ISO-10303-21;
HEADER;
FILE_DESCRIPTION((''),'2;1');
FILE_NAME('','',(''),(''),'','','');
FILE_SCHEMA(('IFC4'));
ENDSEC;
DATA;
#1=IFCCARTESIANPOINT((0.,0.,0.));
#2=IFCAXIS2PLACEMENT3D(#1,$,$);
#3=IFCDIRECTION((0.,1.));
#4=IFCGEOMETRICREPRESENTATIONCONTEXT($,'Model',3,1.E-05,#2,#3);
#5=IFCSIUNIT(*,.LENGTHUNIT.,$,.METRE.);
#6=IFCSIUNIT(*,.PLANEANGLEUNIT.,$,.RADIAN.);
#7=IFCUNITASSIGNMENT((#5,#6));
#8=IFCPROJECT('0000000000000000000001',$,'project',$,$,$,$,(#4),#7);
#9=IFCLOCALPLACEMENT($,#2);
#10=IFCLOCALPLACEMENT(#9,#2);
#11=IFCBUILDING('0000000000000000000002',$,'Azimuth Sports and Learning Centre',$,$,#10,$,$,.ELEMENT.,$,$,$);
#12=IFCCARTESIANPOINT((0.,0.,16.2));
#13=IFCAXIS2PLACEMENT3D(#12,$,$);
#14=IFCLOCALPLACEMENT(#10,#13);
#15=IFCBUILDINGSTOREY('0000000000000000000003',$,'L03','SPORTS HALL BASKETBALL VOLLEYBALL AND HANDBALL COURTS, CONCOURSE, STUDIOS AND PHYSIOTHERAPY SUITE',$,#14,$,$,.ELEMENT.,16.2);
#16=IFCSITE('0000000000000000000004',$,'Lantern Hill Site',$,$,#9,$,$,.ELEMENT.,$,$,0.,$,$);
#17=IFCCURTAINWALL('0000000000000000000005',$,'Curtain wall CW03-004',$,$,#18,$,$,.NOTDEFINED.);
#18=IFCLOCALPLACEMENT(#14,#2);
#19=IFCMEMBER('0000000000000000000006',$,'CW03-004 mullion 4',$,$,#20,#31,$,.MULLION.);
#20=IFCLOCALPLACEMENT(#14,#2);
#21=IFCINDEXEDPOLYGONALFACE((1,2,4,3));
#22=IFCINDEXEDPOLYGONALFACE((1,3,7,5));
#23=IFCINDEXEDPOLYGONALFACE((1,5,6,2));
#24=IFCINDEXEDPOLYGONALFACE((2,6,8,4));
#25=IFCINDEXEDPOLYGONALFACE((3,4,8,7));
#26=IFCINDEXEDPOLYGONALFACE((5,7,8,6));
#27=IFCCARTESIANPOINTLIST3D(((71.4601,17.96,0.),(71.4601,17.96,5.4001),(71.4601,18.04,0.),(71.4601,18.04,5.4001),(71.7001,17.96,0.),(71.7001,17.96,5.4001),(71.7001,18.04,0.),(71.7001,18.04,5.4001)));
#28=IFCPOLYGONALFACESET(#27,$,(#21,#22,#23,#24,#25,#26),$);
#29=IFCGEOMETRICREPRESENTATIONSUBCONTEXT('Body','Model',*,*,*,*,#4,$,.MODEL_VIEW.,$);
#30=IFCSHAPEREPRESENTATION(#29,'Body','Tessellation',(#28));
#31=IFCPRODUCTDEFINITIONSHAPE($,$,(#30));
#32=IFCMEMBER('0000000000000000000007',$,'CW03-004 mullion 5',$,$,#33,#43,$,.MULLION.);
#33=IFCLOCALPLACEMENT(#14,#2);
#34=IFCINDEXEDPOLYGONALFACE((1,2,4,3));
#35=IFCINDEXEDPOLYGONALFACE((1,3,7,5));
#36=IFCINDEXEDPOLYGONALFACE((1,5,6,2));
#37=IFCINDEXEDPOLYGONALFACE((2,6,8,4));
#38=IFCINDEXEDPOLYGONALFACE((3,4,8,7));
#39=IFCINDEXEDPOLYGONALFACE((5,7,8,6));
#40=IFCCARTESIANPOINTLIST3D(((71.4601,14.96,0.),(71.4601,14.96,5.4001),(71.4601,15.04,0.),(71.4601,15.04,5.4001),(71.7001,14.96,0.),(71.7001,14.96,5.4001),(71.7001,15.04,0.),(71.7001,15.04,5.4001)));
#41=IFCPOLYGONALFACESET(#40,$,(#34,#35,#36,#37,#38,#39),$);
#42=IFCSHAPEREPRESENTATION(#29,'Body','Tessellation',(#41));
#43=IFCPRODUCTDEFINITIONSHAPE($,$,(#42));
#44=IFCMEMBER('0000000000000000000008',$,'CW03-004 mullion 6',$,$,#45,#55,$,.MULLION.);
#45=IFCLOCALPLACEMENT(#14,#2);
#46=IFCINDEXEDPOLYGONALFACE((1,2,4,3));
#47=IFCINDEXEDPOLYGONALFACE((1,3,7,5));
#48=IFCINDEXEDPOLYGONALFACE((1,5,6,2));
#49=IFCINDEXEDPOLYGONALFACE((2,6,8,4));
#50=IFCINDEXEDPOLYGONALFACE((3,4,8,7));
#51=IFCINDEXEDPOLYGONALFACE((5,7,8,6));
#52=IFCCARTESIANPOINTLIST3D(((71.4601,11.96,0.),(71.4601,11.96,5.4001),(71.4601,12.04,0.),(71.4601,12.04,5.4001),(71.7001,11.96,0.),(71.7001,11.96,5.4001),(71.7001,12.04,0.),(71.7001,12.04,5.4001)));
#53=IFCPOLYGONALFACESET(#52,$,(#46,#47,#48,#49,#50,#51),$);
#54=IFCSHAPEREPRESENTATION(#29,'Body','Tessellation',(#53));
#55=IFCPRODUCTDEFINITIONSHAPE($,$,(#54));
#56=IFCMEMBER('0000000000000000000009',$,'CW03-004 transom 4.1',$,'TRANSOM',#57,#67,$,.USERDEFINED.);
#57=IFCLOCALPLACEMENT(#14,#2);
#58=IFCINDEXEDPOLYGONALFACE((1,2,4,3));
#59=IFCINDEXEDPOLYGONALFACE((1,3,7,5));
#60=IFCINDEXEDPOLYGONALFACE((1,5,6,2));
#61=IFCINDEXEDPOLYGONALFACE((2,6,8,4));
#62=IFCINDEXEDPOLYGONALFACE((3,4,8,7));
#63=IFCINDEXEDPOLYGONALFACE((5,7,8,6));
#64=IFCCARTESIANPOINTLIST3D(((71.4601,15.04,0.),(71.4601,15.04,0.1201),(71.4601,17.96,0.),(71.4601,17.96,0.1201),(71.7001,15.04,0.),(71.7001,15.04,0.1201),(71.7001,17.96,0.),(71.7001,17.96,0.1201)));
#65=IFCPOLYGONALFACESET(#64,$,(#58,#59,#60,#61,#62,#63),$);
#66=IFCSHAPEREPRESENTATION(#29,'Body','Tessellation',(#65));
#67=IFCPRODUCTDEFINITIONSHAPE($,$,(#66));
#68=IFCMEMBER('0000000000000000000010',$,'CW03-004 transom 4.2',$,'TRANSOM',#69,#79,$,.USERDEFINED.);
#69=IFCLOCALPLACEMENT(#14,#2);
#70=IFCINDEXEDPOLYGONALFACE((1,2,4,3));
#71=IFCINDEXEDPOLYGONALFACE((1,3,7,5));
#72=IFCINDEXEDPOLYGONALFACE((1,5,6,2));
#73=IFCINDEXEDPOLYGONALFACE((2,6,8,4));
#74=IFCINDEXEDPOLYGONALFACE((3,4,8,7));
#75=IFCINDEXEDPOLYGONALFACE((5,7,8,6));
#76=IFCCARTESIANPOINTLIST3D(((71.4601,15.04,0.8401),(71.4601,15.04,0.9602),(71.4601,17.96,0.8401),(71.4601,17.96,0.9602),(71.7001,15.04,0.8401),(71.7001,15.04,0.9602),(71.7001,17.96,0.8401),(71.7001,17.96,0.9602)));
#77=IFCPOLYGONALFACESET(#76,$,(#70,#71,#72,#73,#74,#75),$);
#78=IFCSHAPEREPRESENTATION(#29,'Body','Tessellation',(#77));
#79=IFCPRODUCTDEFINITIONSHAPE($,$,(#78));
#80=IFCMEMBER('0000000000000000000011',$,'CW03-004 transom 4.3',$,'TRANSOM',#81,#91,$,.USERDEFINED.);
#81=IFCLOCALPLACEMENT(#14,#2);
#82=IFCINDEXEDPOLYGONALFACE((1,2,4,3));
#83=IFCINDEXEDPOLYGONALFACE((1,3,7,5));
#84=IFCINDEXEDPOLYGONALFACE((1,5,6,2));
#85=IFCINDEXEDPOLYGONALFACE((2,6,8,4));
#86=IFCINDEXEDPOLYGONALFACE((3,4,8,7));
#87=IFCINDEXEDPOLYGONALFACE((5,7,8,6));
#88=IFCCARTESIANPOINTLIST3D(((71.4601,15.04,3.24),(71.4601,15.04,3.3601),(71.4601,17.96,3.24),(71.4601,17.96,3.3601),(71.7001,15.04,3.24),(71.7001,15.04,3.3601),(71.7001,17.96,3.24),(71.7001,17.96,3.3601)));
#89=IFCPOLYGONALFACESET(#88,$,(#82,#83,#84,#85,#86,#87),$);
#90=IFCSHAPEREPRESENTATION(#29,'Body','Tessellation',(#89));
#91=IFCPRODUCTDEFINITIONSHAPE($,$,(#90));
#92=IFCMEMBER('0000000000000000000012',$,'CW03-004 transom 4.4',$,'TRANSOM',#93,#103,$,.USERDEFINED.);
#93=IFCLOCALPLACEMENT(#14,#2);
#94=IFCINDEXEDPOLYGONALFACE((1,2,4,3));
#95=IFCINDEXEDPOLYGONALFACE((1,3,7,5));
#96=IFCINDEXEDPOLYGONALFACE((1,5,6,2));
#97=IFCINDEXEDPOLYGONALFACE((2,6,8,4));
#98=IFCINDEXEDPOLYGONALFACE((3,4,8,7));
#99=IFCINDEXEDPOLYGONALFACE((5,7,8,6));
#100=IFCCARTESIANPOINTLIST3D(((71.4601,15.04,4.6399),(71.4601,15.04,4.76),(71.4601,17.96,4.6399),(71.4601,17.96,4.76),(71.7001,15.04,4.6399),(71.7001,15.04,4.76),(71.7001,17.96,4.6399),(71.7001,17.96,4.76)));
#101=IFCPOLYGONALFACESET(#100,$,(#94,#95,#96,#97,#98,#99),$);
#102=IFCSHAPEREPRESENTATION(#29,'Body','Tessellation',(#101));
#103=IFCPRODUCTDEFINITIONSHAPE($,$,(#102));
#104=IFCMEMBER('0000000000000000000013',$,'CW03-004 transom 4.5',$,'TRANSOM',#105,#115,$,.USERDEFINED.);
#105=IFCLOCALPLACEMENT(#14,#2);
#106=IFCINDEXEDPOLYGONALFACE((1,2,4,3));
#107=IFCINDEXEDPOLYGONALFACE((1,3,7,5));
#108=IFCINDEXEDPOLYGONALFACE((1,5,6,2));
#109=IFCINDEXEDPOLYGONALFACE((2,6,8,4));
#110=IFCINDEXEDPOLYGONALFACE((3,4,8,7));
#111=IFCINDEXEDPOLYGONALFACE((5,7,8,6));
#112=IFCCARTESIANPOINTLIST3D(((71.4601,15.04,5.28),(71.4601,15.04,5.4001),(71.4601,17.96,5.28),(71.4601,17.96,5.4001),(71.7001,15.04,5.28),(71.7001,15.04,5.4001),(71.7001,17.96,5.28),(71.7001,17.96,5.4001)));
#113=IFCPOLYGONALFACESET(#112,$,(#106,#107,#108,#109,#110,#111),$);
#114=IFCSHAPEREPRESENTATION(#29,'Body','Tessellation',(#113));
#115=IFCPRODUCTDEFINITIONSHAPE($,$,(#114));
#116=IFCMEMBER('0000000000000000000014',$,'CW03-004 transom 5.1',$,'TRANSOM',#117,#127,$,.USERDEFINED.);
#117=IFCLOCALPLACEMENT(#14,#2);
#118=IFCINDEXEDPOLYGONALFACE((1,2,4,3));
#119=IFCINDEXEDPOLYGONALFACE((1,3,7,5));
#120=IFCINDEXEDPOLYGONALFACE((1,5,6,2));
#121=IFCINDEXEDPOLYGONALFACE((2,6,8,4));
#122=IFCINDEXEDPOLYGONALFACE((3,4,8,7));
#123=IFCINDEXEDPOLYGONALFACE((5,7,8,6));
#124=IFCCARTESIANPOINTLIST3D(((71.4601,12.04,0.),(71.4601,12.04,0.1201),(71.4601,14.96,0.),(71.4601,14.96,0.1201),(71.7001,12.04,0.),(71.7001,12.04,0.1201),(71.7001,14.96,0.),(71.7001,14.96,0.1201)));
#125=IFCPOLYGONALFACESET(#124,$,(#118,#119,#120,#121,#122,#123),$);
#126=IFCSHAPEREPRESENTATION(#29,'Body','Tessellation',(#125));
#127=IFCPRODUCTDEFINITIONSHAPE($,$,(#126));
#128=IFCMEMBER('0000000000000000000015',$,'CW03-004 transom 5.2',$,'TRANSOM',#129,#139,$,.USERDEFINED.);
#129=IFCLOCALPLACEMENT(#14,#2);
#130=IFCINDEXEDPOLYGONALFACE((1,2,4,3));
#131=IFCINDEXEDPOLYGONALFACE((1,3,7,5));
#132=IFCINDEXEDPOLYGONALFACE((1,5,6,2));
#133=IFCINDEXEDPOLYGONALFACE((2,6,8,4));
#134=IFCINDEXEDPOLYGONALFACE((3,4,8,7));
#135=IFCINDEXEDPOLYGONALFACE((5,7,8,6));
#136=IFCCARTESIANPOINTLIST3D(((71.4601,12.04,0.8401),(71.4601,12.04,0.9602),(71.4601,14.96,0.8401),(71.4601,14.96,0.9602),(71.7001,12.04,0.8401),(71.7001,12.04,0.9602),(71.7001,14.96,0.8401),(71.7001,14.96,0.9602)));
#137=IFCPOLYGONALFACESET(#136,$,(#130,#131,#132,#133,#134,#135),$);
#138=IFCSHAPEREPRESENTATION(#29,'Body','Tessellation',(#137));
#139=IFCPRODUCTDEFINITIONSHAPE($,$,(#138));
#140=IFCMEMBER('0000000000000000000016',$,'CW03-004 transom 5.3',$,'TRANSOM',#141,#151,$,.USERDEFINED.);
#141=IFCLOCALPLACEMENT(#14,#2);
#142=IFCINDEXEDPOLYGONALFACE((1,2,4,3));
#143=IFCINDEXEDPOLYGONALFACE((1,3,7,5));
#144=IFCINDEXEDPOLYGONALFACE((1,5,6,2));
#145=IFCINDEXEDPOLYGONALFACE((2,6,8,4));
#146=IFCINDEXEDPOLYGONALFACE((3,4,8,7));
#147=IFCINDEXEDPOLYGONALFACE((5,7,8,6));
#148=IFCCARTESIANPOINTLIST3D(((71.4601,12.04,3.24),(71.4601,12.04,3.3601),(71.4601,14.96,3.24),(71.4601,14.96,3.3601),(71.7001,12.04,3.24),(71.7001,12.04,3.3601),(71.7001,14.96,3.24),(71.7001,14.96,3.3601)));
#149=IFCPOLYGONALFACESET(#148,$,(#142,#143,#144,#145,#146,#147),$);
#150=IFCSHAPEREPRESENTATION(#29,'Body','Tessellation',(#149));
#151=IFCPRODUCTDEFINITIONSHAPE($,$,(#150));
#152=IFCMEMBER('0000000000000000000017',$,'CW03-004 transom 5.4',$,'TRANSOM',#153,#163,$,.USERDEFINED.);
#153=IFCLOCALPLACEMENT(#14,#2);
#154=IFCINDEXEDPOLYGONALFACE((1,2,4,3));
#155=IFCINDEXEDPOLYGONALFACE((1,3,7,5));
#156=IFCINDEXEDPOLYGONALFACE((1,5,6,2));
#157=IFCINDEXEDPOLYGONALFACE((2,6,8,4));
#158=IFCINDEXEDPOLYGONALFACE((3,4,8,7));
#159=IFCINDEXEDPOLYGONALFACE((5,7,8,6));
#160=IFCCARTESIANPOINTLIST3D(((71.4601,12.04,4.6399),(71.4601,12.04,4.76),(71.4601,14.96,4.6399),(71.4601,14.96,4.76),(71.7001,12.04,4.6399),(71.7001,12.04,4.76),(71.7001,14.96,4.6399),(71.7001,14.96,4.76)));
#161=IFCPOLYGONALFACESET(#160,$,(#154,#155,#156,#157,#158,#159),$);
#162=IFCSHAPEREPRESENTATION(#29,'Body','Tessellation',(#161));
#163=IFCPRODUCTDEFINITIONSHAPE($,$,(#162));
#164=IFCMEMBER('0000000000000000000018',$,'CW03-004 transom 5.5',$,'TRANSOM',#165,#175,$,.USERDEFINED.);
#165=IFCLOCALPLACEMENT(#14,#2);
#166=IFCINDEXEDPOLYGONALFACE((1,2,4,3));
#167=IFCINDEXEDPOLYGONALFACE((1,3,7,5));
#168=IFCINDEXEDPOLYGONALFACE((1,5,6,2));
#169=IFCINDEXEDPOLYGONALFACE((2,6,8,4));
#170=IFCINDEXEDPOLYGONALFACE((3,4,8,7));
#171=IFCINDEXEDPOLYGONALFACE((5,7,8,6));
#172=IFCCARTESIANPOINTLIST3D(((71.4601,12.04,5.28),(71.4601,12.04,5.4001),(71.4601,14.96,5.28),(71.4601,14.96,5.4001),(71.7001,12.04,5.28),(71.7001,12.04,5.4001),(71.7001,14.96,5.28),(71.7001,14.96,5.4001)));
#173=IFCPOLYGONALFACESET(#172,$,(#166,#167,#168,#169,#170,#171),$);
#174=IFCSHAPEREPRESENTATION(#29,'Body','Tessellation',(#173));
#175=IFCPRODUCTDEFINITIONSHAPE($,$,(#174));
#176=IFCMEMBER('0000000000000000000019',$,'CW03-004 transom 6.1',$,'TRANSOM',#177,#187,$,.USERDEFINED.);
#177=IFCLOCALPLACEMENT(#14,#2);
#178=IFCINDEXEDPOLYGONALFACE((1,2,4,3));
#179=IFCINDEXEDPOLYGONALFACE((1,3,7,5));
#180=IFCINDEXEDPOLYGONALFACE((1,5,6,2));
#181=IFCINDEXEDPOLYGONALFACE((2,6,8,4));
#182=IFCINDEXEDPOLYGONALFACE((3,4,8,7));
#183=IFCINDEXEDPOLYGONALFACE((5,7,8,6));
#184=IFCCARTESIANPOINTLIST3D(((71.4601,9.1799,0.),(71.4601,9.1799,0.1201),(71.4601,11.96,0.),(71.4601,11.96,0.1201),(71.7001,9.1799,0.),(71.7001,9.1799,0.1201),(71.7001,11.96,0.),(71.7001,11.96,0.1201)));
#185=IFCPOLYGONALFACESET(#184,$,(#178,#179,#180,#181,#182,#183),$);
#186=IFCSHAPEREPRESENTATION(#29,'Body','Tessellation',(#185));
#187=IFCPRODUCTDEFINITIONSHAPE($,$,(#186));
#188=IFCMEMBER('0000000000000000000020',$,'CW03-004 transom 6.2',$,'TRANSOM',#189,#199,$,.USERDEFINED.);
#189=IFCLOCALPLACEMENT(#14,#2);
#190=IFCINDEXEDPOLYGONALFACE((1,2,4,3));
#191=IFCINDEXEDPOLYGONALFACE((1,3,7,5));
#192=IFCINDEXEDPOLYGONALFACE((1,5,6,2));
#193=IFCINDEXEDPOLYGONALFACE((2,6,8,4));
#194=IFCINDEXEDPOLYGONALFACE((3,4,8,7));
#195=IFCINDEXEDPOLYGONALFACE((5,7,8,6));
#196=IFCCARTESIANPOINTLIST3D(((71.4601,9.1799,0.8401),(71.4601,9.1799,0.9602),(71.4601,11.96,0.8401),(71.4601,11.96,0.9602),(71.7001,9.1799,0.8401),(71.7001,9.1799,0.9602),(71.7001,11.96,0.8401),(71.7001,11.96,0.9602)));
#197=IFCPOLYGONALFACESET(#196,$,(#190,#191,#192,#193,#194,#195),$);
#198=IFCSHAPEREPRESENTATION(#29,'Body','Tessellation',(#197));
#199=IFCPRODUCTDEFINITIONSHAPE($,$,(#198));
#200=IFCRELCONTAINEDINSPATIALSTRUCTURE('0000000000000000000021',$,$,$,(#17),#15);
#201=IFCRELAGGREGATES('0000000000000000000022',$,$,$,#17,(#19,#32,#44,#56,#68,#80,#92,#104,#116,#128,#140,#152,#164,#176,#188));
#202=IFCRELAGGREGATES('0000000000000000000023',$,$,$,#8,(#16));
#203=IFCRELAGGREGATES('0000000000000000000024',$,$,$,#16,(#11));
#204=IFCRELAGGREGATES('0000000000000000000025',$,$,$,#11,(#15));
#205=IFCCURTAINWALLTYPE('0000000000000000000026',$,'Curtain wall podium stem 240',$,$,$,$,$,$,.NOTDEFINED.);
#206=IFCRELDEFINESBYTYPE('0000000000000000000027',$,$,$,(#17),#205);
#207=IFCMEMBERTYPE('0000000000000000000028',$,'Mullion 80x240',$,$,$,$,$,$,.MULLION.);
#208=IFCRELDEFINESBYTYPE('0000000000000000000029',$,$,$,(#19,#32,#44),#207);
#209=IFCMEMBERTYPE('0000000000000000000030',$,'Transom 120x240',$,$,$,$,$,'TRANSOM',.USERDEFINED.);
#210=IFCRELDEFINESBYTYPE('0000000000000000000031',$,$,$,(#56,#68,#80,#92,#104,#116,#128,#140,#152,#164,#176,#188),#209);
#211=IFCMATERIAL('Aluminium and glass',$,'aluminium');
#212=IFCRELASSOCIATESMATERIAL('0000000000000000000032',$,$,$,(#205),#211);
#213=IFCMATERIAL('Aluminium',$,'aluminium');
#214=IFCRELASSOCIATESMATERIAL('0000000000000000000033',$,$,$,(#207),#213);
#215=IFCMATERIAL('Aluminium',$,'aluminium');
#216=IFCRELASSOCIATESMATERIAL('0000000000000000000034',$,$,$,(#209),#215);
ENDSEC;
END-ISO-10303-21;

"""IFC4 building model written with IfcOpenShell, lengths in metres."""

from ifc_helpers import new_model, si_unit, direction, frame, origin, origin_2d, place, context, subcontext, project, spatial, rectangle, extrude, material, material_profile, profile_set, type_object, element, aggregate, save


model = new_model("IFC4")

# Units and contexts
model_context = context("Model", 3, precision=1e-05, world=origin(), true_north=direction((0.0, 1.0)))
body_context = subcontext(model_context, "Body", "Model", "MODEL_VIEW")
ifc_project = project(units=[si_unit("LENGTHUNIT", "METRE"), si_unit("PLANEANGLEUNIT", "RADIAN")], contexts=[model_context])

# Site, building, storey
site_placement = place(None, origin())
site = spatial("IfcSite", under=ifc_project, at=site_placement, Name="Lantern Hill Site", CompositionType="ELEMENT", RefElevation=0.0)
building_placement = place(site_placement, origin())
building = spatial("IfcBuilding", under=site, at=building_placement, Name="Azimuth Sports and Learning Centre", CompositionType="ELEMENT")
storey_placement = place(building_placement, frame((0.0, 0.0, 16.2)))
storey = spatial("IfcBuildingStorey", under=building, at=storey_placement, Name="L03", Description="SPORTS HALL BASKETBALL VOLLEYBALL AND HANDBALL COURTS, CONCOURSE, STUDIOS AND PHYSIOTHERAPY SUITE", CompositionType="ELEMENT", Elevation=16.2)

# Curtain wall, members
ifc_material_1 = material(Name="Aluminium and glass", Category="aluminium")
curtain_wall_type = type_object("IfcCurtainWallType", Name="Curtain wall podium stem 240", PredefinedType="NOTDEFINED", material=ifc_material_1)
curtain_wall_placement = place(storey_placement, origin())
curtain_wall = element("IfcCurtainWall", 1, at=curtain_wall_placement, inside=storey, type_object=curtain_wall_type, Name="Curtain wall CW03-004", PredefinedType="NOTDEFINED")
ifc_material_2 = material(Name="Aluminium", Category="aluminium")
ifc_material_profile_1 = material_profile(ifc_material_2, rectangle(XDim=0.24, YDim=0.0801, at=origin_2d()), Name="Mullion 80x240")
ifc_profile_set_1 = profile_set([ifc_material_profile_1], Name="Aluminium")
member_type_1 = type_object("IfcMemberType", Name="Mullion 80x240", PredefinedType="MULLION", material=ifc_profile_set_1)
member_1_placement = place(storey_placement, frame((71.5801, 18.0, 0.0), z_axis=(0.0, 0.0, 1.0), x_axis=(1.0, 0.0, 0.0)))
member_1 = element("IfcMember", 2, at=member_1_placement, type_object=member_type_1, Name="CW03-004 mullion 4", PredefinedType="MULLION", context=body_context, shape_type="SweptSolid", body=[
    extrude(rectangle(XDim=0.24, YDim=0.0801, at=origin_2d()), origin(), (0.0, 0.0, 1.0), 5.4001),
])
member_2_placement = place(storey_placement, frame((71.5801, 15.0, 0.0), z_axis=(0.0, 0.0, 1.0), x_axis=(1.0, 0.0, 0.0)))
member_2 = element("IfcMember", 3, at=member_2_placement, type_object=member_type_1, Name="CW03-004 mullion 5", PredefinedType="MULLION", context=body_context, shape_type="SweptSolid", body=[
    extrude(rectangle(XDim=0.24, YDim=0.0801, at=origin_2d()), origin(), (0.0, 0.0, 1.0), 5.4001),
])
member_3_placement = place(storey_placement, frame((71.5801, 12.0, 0.0), z_axis=(0.0, 0.0, 1.0), x_axis=(1.0, 0.0, 0.0)))
member_3 = element("IfcMember", 4, at=member_3_placement, type_object=member_type_1, Name="CW03-004 mullion 6", PredefinedType="MULLION", context=body_context, shape_type="SweptSolid", body=[
    extrude(rectangle(XDim=0.24, YDim=0.0801, at=origin_2d()), origin(), (0.0, 0.0, 1.0), 5.4001),
])
ifc_material_3 = material(Name="Aluminium", Category="aluminium")
ifc_material_profile_2 = material_profile(ifc_material_3, rectangle(XDim=0.24, YDim=0.1201, at=origin_2d()), Name="Transom 120x240")
ifc_profile_set_2 = profile_set([ifc_material_profile_2], Name="Aluminium")
member_type_2 = type_object("IfcMemberType", Name="Transom 120x240", ElementType="TRANSOM", PredefinedType="USERDEFINED", material=ifc_profile_set_2)
member_4_placement = place(storey_placement, frame((71.5801, 17.96, 0.0601), z_axis=(0.0, -1.0, 0.0), x_axis=(1.0, 0.0, 0.0)))
member_4 = element("IfcMember", 5, at=member_4_placement, type_object=member_type_2, Name="CW03-004 transom 4.1", ObjectType="TRANSOM", PredefinedType="USERDEFINED", context=body_context, shape_type="SweptSolid", body=[
    extrude(rectangle(XDim=0.24, YDim=0.1201, at=origin_2d()), origin(), (0.0, 0.0, 1.0), 2.9199),
])
member_5_placement = place(storey_placement, frame((71.5801, 17.96, 0.9001), z_axis=(0.0, -1.0, 0.0), x_axis=(1.0, 0.0, 0.0)))
member_5 = element("IfcMember", 6, at=member_5_placement, type_object=member_type_2, Name="CW03-004 transom 4.2", ObjectType="TRANSOM", PredefinedType="USERDEFINED", context=body_context, shape_type="SweptSolid", body=[
    extrude(rectangle(XDim=0.24, YDim=0.1201, at=origin_2d()), origin(), (0.0, 0.0, 1.0), 2.9199),
])
member_6_placement = place(storey_placement, frame((71.5801, 17.96, 3.3), z_axis=(0.0, -1.0, 0.0), x_axis=(1.0, 0.0, 0.0)))
member_6 = element("IfcMember", 7, at=member_6_placement, type_object=member_type_2, Name="CW03-004 transom 4.3", ObjectType="TRANSOM", PredefinedType="USERDEFINED", context=body_context, shape_type="SweptSolid", body=[
    extrude(rectangle(XDim=0.24, YDim=0.1201, at=origin_2d()), origin(), (0.0, 0.0, 1.0), 2.9199),
])
member_7_placement = place(storey_placement, frame((71.5801, 17.96, 4.7), z_axis=(0.0, -1.0, 0.0), x_axis=(1.0, 0.0, 0.0)))
member_7 = element("IfcMember", 8, at=member_7_placement, type_object=member_type_2, Name="CW03-004 transom 4.4", ObjectType="TRANSOM", PredefinedType="USERDEFINED", context=body_context, shape_type="SweptSolid", body=[
    extrude(rectangle(XDim=0.24, YDim=0.1201, at=origin_2d()), origin(), (0.0, 0.0, 1.0), 2.9199),
])
member_8_placement = place(storey_placement, frame((71.5801, 17.96, 5.3401), z_axis=(0.0, -1.0, 0.0), x_axis=(1.0, 0.0, 0.0)))
member_8 = element("IfcMember", 9, at=member_8_placement, type_object=member_type_2, Name="CW03-004 transom 4.5", ObjectType="TRANSOM", PredefinedType="USERDEFINED", context=body_context, shape_type="SweptSolid", body=[
    extrude(rectangle(XDim=0.24, YDim=0.1201, at=origin_2d()), origin(), (0.0, 0.0, 1.0), 2.9199),
])
member_9_placement = place(storey_placement, frame((71.5801, 14.96, 0.0601), z_axis=(0.0, -1.0, 0.0), x_axis=(1.0, 0.0, 0.0)))
member_9 = element("IfcMember", 10, at=member_9_placement, type_object=member_type_2, Name="CW03-004 transom 5.1", ObjectType="TRANSOM", PredefinedType="USERDEFINED", context=body_context, shape_type="SweptSolid", body=[
    extrude(rectangle(XDim=0.24, YDim=0.1201, at=origin_2d()), origin(), (0.0, 0.0, 1.0), 2.9199),
])
member_10_placement = place(storey_placement, frame((71.5801, 14.96, 0.9001), z_axis=(0.0, -1.0, 0.0), x_axis=(1.0, 0.0, 0.0)))
member_10 = element("IfcMember", 11, at=member_10_placement, type_object=member_type_2, Name="CW03-004 transom 5.2", ObjectType="TRANSOM", PredefinedType="USERDEFINED", context=body_context, shape_type="SweptSolid", body=[
    extrude(rectangle(XDim=0.24, YDim=0.1201, at=origin_2d()), origin(), (0.0, 0.0, 1.0), 2.9199),
])
member_11_placement = place(storey_placement, frame((71.5801, 14.96, 3.3), z_axis=(0.0, -1.0, 0.0), x_axis=(1.0, 0.0, 0.0)))
member_11 = element("IfcMember", 12, at=member_11_placement, type_object=member_type_2, Name="CW03-004 transom 5.3", ObjectType="TRANSOM", PredefinedType="USERDEFINED", context=body_context, shape_type="SweptSolid", body=[
    extrude(rectangle(XDim=0.24, YDim=0.1201, at=origin_2d()), origin(), (0.0, 0.0, 1.0), 2.9199),
])
member_12_placement = place(storey_placement, frame((71.5801, 14.96, 4.7), z_axis=(0.0, -1.0, 0.0), x_axis=(1.0, 0.0, 0.0)))
member_12 = element("IfcMember", 13, at=member_12_placement, type_object=member_type_2, Name="CW03-004 transom 5.4", ObjectType="TRANSOM", PredefinedType="USERDEFINED", context=body_context, shape_type="SweptSolid", body=[
    extrude(rectangle(XDim=0.24, YDim=0.1201, at=origin_2d()), origin(), (0.0, 0.0, 1.0), 2.9199),
])
member_13_placement = place(storey_placement, frame((71.5801, 14.96, 5.3401), z_axis=(0.0, -1.0, 0.0), x_axis=(1.0, 0.0, 0.0)))
member_13 = element("IfcMember", 14, at=member_13_placement, type_object=member_type_2, Name="CW03-004 transom 5.5", ObjectType="TRANSOM", PredefinedType="USERDEFINED", context=body_context, shape_type="SweptSolid", body=[
    extrude(rectangle(XDim=0.24, YDim=0.1201, at=origin_2d()), origin(), (0.0, 0.0, 1.0), 2.9199),
])
member_14_placement = place(storey_placement, frame((71.5801, 11.96, 0.0601), z_axis=(0.0, -1.0, 0.0), x_axis=(1.0, 0.0, 0.0)))
member_14 = element("IfcMember", 15, at=member_14_placement, type_object=member_type_2, Name="CW03-004 transom 6.1", ObjectType="TRANSOM", PredefinedType="USERDEFINED", context=body_context, shape_type="SweptSolid", body=[
    extrude(rectangle(XDim=0.24, YDim=0.1201, at=origin_2d()), origin(), (0.0, 0.0, 1.0), 2.78),
])
member_15_placement = place(storey_placement, frame((71.5801, 11.96, 0.9001), z_axis=(0.0, -1.0, 0.0), x_axis=(1.0, 0.0, 0.0)))
member_15 = element("IfcMember", 16, at=member_15_placement, type_object=member_type_2, Name="CW03-004 transom 6.2", ObjectType="TRANSOM", PredefinedType="USERDEFINED", context=body_context, shape_type="SweptSolid", body=[
    extrude(rectangle(XDim=0.24, YDim=0.1201, at=origin_2d()), origin(), (0.0, 0.0, 1.0), 2.78),
])
aggregate(curtain_wall, [member_1, member_2, member_3, member_4, member_5, member_6, member_7, member_8, member_9, member_10, member_11, member_12, member_13, member_14, member_15])

save(model, "model.ifc")
